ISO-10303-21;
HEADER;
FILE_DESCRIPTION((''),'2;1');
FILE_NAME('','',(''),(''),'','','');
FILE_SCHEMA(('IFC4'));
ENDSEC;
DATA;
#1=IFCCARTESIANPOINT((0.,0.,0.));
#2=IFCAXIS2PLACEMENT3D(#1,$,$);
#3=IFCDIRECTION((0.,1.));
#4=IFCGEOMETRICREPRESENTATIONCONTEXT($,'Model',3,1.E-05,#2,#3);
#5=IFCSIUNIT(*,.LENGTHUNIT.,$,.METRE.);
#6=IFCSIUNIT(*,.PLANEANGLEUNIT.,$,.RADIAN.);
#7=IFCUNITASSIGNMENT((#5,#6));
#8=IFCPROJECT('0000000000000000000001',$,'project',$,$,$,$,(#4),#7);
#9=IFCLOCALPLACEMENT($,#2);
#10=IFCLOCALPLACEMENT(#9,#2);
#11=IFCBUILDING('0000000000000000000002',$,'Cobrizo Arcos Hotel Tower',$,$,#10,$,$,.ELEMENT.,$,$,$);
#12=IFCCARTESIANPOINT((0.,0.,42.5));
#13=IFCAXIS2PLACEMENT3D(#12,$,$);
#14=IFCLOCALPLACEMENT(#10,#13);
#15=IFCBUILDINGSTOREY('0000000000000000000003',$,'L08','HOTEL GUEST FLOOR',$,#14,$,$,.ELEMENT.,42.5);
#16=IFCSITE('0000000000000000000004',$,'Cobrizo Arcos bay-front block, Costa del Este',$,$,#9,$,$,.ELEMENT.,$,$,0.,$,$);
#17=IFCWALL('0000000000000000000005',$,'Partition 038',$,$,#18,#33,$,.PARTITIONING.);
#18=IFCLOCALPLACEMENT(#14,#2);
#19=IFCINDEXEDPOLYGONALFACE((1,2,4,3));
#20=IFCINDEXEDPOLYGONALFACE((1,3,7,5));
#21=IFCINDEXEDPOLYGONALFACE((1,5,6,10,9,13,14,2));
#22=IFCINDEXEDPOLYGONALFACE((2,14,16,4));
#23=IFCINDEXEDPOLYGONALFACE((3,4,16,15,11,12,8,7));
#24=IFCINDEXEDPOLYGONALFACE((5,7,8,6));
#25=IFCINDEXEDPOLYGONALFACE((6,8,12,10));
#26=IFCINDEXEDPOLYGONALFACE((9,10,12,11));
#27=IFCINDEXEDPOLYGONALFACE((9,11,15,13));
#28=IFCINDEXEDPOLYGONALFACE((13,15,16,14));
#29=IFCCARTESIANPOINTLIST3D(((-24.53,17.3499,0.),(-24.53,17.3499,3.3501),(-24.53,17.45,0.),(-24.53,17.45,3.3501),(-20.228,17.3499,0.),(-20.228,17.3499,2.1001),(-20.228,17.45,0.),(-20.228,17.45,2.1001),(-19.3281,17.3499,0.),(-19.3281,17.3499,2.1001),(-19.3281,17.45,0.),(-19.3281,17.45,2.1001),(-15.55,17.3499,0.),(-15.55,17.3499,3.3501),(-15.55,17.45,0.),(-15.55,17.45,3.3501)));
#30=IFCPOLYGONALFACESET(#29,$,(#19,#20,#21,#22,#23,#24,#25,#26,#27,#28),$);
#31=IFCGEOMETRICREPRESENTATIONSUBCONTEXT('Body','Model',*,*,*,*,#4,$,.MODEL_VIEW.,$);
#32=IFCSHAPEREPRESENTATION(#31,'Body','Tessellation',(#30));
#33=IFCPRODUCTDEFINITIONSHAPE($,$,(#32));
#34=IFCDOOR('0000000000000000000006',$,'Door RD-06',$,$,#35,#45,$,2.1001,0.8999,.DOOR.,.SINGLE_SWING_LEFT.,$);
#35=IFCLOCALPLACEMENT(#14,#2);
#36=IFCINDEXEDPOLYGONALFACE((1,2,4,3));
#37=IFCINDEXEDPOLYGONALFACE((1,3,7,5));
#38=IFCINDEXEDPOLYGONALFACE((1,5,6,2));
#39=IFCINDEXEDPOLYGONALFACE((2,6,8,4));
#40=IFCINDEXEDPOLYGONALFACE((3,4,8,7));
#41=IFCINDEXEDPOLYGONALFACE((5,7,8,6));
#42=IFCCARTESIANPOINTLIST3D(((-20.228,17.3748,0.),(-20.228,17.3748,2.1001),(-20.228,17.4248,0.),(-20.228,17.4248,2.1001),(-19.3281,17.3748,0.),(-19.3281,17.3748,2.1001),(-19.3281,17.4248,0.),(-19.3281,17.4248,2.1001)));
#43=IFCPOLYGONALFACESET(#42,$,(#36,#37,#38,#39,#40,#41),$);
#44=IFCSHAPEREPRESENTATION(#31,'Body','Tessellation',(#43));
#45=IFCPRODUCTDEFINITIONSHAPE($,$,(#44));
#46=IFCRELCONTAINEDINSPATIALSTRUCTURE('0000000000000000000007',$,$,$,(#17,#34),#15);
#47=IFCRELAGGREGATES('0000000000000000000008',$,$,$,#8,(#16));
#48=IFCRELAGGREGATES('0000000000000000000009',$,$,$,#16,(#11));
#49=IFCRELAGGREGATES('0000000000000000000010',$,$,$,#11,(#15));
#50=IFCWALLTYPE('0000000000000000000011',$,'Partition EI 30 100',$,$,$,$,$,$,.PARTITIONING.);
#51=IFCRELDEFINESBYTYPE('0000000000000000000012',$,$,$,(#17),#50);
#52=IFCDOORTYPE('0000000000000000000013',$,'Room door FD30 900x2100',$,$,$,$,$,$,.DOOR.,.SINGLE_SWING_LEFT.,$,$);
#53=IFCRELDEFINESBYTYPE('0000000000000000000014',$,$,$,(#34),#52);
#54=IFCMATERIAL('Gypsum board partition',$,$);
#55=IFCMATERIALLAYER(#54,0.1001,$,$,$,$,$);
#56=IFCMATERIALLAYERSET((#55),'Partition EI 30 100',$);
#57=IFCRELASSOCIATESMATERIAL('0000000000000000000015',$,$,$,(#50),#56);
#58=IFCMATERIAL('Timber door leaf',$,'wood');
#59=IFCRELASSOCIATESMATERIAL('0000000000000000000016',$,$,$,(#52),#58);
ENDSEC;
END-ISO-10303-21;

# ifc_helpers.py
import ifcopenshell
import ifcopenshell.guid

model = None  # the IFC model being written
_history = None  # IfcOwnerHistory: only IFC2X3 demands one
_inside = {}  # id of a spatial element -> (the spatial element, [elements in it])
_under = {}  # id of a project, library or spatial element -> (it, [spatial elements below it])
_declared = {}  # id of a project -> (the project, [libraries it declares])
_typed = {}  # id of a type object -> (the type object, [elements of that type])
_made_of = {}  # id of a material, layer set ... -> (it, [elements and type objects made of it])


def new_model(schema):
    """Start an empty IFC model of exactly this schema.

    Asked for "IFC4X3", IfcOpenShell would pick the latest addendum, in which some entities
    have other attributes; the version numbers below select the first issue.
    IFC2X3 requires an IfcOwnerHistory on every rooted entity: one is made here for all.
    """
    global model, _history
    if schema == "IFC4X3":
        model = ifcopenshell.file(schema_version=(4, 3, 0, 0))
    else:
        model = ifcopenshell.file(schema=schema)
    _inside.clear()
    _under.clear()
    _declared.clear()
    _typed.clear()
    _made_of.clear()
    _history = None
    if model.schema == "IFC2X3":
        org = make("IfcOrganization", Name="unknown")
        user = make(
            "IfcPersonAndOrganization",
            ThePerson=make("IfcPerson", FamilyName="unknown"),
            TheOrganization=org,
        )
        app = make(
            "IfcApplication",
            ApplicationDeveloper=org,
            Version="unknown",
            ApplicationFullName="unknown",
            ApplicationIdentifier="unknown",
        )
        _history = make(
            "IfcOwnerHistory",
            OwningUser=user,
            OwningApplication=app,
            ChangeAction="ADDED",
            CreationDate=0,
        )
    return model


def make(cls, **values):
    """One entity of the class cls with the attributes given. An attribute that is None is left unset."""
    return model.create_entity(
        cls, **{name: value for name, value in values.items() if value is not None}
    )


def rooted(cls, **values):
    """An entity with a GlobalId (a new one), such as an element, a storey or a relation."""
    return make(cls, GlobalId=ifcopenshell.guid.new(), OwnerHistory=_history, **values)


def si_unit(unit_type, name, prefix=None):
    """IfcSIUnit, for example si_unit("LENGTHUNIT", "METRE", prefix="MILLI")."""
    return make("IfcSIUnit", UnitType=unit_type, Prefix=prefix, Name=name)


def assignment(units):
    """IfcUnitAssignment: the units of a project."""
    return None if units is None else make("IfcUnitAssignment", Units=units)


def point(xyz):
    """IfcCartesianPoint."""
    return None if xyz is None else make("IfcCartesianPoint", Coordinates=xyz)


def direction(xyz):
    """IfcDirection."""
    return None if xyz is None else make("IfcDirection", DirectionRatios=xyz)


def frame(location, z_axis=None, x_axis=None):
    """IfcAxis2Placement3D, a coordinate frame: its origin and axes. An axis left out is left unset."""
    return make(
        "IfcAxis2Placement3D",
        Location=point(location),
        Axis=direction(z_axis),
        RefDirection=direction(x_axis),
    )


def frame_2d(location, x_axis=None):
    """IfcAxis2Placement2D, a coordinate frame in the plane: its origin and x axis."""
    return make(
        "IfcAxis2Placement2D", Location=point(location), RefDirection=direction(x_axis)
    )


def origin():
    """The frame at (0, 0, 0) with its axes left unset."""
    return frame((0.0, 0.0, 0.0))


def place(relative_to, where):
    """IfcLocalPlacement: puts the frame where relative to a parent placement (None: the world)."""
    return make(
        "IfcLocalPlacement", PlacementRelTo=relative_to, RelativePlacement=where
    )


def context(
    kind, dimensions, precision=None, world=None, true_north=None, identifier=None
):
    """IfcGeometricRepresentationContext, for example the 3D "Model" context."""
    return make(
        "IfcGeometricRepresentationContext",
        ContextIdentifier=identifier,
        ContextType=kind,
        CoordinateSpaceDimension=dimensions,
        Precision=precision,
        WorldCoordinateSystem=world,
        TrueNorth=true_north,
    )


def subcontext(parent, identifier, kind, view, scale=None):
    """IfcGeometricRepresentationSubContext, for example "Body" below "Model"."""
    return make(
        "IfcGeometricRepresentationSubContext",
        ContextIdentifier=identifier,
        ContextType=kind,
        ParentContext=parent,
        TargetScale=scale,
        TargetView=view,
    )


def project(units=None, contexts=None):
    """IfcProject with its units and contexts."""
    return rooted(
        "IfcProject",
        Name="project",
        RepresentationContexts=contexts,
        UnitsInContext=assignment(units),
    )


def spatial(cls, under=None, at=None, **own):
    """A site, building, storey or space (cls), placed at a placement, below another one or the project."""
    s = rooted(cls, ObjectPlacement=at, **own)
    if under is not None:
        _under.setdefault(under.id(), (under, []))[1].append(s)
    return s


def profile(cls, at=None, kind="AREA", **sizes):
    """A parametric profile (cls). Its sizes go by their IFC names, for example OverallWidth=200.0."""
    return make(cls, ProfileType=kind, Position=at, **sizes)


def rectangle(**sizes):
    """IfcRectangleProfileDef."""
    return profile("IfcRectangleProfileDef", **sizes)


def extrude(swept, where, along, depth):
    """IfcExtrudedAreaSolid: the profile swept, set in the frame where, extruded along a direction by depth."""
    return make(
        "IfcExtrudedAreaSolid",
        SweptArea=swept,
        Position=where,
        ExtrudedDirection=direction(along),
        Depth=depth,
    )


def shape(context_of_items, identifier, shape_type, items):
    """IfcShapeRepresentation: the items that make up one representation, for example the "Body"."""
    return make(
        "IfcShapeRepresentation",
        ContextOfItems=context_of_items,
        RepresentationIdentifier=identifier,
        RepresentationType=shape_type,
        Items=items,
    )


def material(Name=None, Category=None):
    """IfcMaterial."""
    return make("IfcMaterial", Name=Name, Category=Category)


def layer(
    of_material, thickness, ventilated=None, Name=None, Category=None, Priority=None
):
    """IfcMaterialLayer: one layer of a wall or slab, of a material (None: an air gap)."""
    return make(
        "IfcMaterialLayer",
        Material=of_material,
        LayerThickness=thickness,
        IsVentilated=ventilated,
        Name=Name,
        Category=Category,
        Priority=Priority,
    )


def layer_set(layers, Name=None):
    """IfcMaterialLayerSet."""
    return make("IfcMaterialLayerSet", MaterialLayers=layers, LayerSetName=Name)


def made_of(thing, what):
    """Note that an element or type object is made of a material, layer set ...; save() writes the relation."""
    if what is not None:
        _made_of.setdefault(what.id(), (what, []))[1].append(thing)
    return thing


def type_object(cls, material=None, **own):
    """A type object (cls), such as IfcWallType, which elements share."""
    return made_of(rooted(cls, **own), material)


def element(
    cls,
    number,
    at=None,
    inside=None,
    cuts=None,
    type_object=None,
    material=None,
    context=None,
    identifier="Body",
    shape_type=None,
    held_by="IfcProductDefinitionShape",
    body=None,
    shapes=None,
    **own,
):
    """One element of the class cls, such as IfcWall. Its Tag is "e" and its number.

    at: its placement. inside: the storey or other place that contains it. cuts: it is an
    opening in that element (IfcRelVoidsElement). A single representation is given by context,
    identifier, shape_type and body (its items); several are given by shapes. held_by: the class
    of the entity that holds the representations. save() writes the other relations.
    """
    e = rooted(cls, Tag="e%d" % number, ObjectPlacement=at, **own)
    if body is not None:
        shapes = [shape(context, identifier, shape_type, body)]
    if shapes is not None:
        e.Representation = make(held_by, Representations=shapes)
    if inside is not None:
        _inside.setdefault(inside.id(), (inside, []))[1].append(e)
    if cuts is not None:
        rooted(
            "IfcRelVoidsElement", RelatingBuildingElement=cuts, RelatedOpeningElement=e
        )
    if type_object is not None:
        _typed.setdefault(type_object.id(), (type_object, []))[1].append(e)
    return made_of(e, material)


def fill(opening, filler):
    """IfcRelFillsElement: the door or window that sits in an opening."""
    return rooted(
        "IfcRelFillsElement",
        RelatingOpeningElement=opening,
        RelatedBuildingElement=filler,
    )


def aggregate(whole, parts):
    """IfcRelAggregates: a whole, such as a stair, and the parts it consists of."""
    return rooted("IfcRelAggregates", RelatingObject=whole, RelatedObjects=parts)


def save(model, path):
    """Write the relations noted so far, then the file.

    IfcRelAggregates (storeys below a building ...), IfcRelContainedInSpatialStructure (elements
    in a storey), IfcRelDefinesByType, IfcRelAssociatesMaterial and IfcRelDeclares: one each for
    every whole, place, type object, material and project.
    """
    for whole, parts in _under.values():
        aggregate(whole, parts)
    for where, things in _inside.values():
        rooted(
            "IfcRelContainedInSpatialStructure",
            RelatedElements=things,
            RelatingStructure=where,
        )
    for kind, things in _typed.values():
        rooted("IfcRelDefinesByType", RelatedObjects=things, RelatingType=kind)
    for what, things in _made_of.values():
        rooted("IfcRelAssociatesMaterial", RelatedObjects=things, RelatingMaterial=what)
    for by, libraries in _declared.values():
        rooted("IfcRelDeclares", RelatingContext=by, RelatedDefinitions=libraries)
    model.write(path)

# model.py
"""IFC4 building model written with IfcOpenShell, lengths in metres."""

from ifc_helpers import new_model, si_unit, direction, frame, frame_2d, origin, place, context, subcontext, project, spatial, rectangle, extrude, material, layer, layer_set, type_object, element, fill, save


model = new_model("IFC4")

# Units and contexts
model_context = context("Model", 3, precision=1e-05, world=origin(), true_north=direction((0.0, 1.0)))
body_context = subcontext(model_context, "Body", "Model", "MODEL_VIEW")
ifc_project = project(units=[si_unit("LENGTHUNIT", "METRE"), si_unit("PLANEANGLEUNIT", "RADIAN")], contexts=[model_context])

# Site, building, storey
site_placement = place(None, origin())
site = spatial("IfcSite", under=ifc_project, at=site_placement, Name="Cobrizo Arcos bay-front block, Costa del Este", CompositionType="ELEMENT", RefElevation=0.0)
building_placement = place(site_placement, origin())
building = spatial("IfcBuilding", under=site, at=building_placement, Name="Cobrizo Arcos Hotel Tower", CompositionType="ELEMENT")
storey_placement = place(building_placement, frame((0.0, 0.0, 42.5)))
storey = spatial("IfcBuildingStorey", under=building, at=storey_placement, Name="L08", Description="HOTEL GUEST FLOOR", CompositionType="ELEMENT", Elevation=42.5)

# Wall, opening, door
ifc_material_1 = material(Name="Gypsum board partition")
ifc_layer_1 = layer(ifc_material_1, 0.1001)
ifc_layer_set_1 = layer_set([ifc_layer_1], Name="Partition EI 30 100")
wall_type = type_object("IfcWallType", Name="Partition EI 30 100", PredefinedType="PARTITIONING", material=ifc_layer_set_1)
wall_placement = place(storey_placement, frame((-24.53, 17.3999, 0.0), z_axis=(0.0, 0.0, 1.0), x_axis=(1.0, 0.0, 0.0)))
wall = element("IfcWall", 1, at=wall_placement, inside=storey, type_object=wall_type, Name="Partition 038", PredefinedType="PARTITIONING", context=body_context, shape_type="SweptSolid", body=[
    extrude(rectangle(XDim=8.98, YDim=0.1001, at=frame_2d((4.49, 0.0))), origin(), (0.0, 0.0, 1.0), 3.3501),
])
opening_placement = place(wall_placement, frame((4.302, 0.0, 0.0)))
opening = element("IfcOpeningElement", 2, at=opening_placement, cuts=wall, PredefinedType="OPENING", context=body_context, shape_type="SweptSolid", body=[
    extrude(rectangle(XDim=0.8999, YDim=2.1001, at=frame_2d((0.45, 1.05))), frame((0.0, 0.062, 0.0), z_axis=(0.0, -1.0, 0.0), x_axis=(1.0, 0.0, 0.0)), (0.0, 0.0, 1.0), 0.124),
])
ifc_material_2 = material(Name="Timber door leaf", Category="wood")
door_type = type_object("IfcDoorType", Name="Room door FD30 900x2100", OperationType="SINGLE_SWING_LEFT", PredefinedType="DOOR", material=ifc_material_2)
door_placement = place(opening_placement, origin())
door = element("IfcDoor", 3, at=door_placement, inside=storey, type_object=door_type, Name="Door RD-06", OperationType="SINGLE_SWING_LEFT", OverallHeight=2.1001, OverallWidth=0.8999, PredefinedType="DOOR", context=body_context, shape_type="SweptSolid", body=[
    extrude(rectangle(XDim=0.8999, YDim=2.1001, at=frame_2d((0.45, 1.05))), frame((0.0, 0.0249, 0.0), z_axis=(0.0, -1.0, 0.0), x_axis=(1.0, 0.0, 0.0)), (0.0, 0.0, 1.0), 0.05),
])
fill(opening, door)

save(model, "model.ifc")
